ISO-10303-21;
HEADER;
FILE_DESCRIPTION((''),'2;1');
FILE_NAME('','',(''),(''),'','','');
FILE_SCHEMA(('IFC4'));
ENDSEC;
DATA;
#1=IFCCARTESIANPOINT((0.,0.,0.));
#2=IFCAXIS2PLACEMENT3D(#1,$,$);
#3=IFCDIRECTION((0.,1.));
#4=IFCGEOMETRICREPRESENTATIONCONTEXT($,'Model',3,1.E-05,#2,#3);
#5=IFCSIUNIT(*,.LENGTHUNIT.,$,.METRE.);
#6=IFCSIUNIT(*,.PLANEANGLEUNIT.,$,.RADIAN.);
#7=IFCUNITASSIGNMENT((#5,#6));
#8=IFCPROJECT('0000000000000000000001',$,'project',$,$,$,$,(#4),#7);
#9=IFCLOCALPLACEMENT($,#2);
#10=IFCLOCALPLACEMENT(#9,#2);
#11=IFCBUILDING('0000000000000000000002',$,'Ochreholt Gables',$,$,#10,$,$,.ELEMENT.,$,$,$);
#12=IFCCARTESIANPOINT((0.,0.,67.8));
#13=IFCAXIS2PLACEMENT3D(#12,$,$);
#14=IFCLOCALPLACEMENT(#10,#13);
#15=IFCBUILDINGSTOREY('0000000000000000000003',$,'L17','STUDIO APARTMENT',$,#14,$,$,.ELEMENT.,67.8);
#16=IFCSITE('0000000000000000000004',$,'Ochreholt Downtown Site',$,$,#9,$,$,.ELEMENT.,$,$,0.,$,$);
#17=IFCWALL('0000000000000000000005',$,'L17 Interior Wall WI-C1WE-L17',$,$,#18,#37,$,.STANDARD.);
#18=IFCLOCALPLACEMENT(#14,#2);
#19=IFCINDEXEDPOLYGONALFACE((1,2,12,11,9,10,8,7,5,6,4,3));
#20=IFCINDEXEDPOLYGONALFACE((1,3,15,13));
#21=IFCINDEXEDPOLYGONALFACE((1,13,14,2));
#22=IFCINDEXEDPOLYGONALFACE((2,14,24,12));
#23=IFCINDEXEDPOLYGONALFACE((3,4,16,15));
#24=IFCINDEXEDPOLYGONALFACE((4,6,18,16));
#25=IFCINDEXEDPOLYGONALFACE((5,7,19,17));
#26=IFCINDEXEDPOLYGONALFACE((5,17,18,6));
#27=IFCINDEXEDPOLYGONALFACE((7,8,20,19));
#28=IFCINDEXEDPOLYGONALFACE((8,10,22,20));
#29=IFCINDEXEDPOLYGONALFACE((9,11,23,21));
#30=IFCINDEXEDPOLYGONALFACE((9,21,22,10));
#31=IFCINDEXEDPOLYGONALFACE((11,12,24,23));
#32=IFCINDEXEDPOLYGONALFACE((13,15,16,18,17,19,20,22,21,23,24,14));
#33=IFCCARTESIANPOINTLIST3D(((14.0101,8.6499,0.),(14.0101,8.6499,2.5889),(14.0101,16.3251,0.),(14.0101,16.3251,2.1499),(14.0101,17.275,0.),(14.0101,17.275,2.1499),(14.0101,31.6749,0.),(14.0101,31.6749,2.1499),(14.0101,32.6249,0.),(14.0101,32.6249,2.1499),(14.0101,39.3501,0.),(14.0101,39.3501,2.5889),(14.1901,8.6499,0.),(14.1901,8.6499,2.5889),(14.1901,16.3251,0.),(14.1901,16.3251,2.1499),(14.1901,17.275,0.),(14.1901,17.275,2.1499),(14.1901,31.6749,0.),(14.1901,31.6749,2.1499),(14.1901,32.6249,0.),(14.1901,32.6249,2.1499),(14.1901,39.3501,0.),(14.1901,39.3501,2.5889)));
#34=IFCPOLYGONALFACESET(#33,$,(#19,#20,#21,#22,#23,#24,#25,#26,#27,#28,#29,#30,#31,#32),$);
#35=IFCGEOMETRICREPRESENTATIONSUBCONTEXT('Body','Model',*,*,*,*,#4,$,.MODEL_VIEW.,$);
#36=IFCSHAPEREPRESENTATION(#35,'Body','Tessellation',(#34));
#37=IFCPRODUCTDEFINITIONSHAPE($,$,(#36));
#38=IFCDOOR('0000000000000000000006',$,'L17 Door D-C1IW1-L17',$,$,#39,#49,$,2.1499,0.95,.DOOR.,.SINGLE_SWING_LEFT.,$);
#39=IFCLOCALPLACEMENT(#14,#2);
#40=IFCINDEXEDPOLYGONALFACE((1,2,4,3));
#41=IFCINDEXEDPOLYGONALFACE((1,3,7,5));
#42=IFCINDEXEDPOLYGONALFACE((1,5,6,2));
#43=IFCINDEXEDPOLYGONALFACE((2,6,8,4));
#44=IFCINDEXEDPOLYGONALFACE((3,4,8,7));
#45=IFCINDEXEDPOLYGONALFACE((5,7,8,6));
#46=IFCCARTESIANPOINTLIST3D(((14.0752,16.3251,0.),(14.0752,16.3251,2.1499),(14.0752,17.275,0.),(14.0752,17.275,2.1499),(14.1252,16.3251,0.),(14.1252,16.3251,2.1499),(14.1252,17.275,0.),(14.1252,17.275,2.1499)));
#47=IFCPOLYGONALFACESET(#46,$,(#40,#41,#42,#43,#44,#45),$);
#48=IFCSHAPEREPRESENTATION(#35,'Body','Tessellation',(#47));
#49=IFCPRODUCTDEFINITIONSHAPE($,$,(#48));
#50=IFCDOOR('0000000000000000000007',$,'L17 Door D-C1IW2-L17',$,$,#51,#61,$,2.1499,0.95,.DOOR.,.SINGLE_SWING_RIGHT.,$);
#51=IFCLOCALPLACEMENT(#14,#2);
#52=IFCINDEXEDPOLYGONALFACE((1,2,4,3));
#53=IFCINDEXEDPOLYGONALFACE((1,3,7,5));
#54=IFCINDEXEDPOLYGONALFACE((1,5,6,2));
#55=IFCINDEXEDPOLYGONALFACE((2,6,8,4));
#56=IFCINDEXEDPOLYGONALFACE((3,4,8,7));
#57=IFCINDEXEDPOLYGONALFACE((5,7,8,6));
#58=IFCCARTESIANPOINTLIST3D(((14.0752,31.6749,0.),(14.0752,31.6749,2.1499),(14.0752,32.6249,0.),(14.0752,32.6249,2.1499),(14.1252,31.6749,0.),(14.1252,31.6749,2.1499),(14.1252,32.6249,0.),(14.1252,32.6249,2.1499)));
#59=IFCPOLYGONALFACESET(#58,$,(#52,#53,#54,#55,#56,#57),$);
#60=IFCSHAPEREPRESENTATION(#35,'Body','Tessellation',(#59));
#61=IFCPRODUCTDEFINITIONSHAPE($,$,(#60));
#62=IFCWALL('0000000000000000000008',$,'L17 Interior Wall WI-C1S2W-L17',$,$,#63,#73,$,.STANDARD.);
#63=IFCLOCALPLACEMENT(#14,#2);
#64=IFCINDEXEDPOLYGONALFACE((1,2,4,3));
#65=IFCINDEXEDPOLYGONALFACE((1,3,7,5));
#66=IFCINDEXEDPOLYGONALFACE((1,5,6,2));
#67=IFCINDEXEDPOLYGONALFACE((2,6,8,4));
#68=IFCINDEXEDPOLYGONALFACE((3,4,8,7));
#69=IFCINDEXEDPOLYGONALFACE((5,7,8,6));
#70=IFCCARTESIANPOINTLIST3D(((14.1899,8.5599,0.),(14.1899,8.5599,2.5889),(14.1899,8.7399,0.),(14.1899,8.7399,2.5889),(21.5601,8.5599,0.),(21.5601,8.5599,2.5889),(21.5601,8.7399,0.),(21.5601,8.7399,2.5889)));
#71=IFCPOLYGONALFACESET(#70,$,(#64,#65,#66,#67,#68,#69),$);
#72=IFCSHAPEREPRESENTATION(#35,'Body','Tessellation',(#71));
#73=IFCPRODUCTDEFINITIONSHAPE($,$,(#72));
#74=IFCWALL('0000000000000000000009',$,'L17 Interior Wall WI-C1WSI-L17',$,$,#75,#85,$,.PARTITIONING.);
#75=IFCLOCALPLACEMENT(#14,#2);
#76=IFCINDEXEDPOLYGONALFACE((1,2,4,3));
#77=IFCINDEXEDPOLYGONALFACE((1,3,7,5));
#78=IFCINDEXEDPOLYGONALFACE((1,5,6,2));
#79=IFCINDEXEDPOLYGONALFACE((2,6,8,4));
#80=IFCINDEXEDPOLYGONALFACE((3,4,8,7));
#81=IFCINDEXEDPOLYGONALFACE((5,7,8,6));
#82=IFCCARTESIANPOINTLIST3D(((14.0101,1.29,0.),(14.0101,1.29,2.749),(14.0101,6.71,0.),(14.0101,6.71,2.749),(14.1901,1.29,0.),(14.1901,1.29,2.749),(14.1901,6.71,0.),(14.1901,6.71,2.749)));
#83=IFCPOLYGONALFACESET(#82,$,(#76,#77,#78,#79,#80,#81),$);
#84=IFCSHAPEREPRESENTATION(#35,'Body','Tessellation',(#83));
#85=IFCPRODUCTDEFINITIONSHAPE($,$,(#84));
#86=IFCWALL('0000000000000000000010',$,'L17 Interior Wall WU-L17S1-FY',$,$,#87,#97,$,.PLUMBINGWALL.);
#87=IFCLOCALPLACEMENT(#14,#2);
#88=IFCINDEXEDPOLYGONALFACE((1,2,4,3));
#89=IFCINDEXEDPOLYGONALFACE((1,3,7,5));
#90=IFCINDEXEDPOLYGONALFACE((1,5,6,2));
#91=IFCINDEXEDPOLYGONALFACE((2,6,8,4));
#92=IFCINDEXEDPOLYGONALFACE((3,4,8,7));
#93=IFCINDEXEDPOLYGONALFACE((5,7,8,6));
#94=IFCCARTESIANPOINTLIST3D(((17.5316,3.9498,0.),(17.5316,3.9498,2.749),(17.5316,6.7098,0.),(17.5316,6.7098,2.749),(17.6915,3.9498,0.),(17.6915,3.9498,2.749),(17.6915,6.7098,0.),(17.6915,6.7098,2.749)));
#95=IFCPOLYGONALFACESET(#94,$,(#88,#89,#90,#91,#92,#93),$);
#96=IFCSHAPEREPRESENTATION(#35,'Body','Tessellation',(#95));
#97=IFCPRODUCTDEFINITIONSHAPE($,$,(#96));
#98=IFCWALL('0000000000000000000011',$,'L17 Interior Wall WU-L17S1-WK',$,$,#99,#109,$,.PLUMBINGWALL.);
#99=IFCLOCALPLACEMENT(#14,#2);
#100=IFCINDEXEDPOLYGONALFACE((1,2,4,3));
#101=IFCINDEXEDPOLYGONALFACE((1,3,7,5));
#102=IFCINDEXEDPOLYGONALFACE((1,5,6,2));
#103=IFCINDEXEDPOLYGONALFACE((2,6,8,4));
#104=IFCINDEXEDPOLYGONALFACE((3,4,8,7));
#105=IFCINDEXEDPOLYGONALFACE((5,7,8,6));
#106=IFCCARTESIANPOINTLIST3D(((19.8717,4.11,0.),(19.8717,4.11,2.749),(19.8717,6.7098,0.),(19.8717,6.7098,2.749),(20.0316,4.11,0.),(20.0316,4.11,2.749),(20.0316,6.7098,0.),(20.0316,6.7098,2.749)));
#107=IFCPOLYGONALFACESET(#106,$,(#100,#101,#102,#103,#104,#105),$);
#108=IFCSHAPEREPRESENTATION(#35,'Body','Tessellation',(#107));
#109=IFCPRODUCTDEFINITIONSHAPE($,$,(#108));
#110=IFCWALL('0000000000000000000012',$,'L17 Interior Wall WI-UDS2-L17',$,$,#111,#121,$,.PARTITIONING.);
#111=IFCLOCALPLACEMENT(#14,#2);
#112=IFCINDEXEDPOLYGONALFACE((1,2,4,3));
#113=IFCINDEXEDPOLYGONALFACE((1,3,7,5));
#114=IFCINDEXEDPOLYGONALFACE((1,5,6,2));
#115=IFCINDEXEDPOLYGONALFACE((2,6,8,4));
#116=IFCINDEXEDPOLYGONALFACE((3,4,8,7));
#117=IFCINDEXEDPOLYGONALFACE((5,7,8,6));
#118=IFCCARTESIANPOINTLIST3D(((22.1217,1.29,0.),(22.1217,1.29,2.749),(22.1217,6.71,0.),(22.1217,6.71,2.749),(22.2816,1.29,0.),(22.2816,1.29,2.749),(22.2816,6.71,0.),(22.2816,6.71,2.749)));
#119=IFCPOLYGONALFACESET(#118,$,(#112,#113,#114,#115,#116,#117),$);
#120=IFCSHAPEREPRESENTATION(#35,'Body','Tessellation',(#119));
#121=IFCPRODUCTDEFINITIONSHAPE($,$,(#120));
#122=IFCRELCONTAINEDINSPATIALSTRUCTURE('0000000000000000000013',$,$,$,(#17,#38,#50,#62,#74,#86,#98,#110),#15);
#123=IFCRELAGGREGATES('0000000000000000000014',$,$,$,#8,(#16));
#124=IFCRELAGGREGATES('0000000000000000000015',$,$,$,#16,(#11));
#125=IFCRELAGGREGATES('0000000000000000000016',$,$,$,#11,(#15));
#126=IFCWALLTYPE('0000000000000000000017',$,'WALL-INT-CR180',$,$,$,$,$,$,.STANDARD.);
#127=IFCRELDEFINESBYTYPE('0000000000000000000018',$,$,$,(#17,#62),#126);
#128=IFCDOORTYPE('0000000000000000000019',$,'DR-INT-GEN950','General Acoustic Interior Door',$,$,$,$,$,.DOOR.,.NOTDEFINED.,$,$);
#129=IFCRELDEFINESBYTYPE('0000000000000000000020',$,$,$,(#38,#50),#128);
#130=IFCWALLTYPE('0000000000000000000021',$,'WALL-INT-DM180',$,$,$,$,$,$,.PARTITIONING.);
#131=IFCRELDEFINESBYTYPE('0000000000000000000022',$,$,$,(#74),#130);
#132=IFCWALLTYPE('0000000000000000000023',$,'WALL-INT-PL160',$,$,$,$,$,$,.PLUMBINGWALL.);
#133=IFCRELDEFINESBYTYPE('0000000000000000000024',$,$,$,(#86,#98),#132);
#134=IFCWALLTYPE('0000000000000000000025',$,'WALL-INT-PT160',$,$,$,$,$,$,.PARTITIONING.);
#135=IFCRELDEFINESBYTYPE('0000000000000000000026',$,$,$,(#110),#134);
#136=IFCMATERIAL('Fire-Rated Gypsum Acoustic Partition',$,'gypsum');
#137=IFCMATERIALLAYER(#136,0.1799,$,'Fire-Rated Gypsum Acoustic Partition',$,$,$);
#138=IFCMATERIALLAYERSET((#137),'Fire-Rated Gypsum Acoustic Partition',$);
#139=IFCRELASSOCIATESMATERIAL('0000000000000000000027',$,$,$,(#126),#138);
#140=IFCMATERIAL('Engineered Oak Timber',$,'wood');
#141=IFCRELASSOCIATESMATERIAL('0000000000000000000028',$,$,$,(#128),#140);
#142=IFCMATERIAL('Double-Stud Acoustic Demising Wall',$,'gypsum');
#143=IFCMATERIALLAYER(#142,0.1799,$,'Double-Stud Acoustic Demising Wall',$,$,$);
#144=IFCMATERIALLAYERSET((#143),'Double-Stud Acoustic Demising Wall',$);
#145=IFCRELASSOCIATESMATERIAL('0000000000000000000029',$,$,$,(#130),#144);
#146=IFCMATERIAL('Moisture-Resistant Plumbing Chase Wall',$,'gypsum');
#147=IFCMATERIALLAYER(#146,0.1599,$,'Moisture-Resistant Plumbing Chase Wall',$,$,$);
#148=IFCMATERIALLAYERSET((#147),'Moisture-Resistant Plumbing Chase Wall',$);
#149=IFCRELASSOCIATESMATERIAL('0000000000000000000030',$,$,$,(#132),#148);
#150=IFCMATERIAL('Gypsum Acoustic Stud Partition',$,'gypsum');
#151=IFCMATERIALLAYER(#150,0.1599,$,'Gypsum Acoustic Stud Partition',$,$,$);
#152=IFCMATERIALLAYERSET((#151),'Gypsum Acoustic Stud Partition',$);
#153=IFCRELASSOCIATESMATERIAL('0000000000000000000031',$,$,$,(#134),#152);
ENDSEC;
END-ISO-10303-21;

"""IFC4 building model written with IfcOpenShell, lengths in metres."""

from ifc_helpers import new_model, si_unit, direction, frame, frame_2d, origin, place, context, subcontext, project, spatial, rectangle, extrude, material, layer, layer_set, type_object, element, fill, save


model = new_model("IFC4")

# Units and contexts
model_context = context("Model", 3, precision=1e-05, world=origin(), true_north=direction((0.0, 1.0)))
body_context = subcontext(model_context, "Body", "Model", "MODEL_VIEW")
ifc_project = project(units=[si_unit("LENGTHUNIT", "METRE"), si_unit("PLANEANGLEUNIT", "RADIAN")], contexts=[model_context])

# Site, building, storey
site_placement = place(None, origin())
site = spatial("IfcSite", under=ifc_project, at=site_placement, Name="Ochreholt Downtown Site", CompositionType="ELEMENT", RefElevation=0.0)
building_placement = place(site_placement, origin())
building = spatial("IfcBuilding", under=site, at=building_placement, Name="Ochreholt Gables", CompositionType="ELEMENT")
storey_placement = place(building_placement, frame((0.0, 0.0, 67.8)))
storey = spatial("IfcBuildingStorey", under=building, at=storey_placement, Name="L17", Description="STUDIO APARTMENT", CompositionType="ELEMENT", Elevation=67.8)

# Shared definitions
ifc_material_1 = material(Name="Fire-Rated Gypsum Acoustic Partition", Category="gypsum")
ifc_layer_1 = layer(ifc_material_1, 0.1799, Name="Fire-Rated Gypsum Acoustic Partition")
ifc_layer_set_1 = layer_set([ifc_layer_1], Name="Fire-Rated Gypsum Acoustic Partition")
wall_type_1 = type_object("IfcWallType", Name="WALL-INT-CR180", PredefinedType="STANDARD", material=ifc_layer_set_1)

# Wall, openings, doors
ifc_material_2 = material(Name="Engineered Oak Timber", Category="wood")
door_type_1 = type_object("IfcDoorType", Name="DR-INT-GEN950", Description="General Acoustic Interior Door", OperationType="NOTDEFINED", PredefinedType="DOOR", material=ifc_material_2)
wall_1_placement = place(storey_placement, frame((14.1001, 8.6499, 0.0), z_axis=(0.0, 0.0, 1.0), x_axis=(0.0, 1.0, 0.0)))
wall_1 = element("IfcWall", 1, at=wall_1_placement, inside=storey, type_object=wall_type_1, Name="L17 Interior Wall WI-C1WE-L17", PredefinedType="STANDARD", context=body_context, shape_type="SweptSolid", body=[
    extrude(rectangle(XDim=30.7002, YDim=0.1799, at=frame_2d((15.3501, 0.0))), origin(), (0.0, 0.0, 1.0), 2.5889),
])
opening_1_placement = place(wall_1_placement, frame((7.675, 0.0, 0.0)))
opening_1 = element("IfcOpeningElement", 2, at=opening_1_placement, cuts=wall_1, PredefinedType="OPENING", context=body_context, shape_type="SweptSolid", body=[
    extrude(rectangle(XDim=0.95, YDim=2.1499, at=frame_2d((0.4751, 1.075))), frame((0.0, 0.0999, 0.0), z_axis=(0.0, -1.0, 0.0), x_axis=(1.0, 0.0, 0.0)), (0.0, 0.0, 1.0), 0.2),
])
opening_2_placement = place(wall_1_placement, frame((23.0249, 0.0, 0.0)))
opening_2 = element("IfcOpeningElement", 3, at=opening_2_placement, cuts=wall_1, PredefinedType="OPENING", context=body_context, shape_type="SweptSolid", body=[
    extrude(rectangle(XDim=0.95, YDim=2.1499, at=frame_2d((0.4751, 1.075))), frame((0.0, 0.0999, 0.0), z_axis=(0.0, -1.0, 0.0), x_axis=(1.0, 0.0, 0.0)), (0.0, 0.0, 1.0), 0.2),
])
door_1_placement = place(opening_1_placement, origin())
door_1 = element("IfcDoor", 4, at=door_1_placement, inside=storey, type_object=door_type_1, Name="L17 Door D-C1IW1-L17", OperationType="SINGLE_SWING_LEFT", OverallHeight=2.1499, OverallWidth=0.95, PredefinedType="DOOR", context=body_context, shape_type="SweptSolid", body=[
    extrude(rectangle(XDim=0.95, YDim=2.1499, at=frame_2d((0.4751, 1.075))), frame((0.0, 0.0249, 0.0), z_axis=(0.0, -1.0, 0.0), x_axis=(1.0, 0.0, 0.0)), (0.0, 0.0, 1.0), 0.05),
])
fill(opening_1, door_1)
door_2_placement = place(opening_2_placement, origin())
door_2 = element("IfcDoor", 5, at=door_2_placement, inside=storey, type_object=door_type_1, Name="L17 Door D-C1IW2-L17", OperationType="SINGLE_SWING_RIGHT", OverallHeight=2.1499, OverallWidth=0.95, PredefinedType="DOOR", context=body_context, shape_type="SweptSolid", body=[
    extrude(rectangle(XDim=0.95, YDim=2.1499, at=frame_2d((0.4751, 1.075))), frame((0.0, 0.0249, 0.0), z_axis=(0.0, -1.0, 0.0), x_axis=(1.0, 0.0, 0.0)), (0.0, 0.0, 1.0), 0.05),
])
fill(opening_2, door_2)

# Walls
wall_2_placement = place(storey_placement, frame((14.1899, 8.6499, 0.0), z_axis=(0.0, 0.0, 1.0), x_axis=(1.0, 0.0, 0.0)))
element("IfcWall", 6, at=wall_2_placement, inside=storey, type_object=wall_type_1, Name="L17 Interior Wall WI-C1S2W-L17", PredefinedType="STANDARD", context=body_context, shape_type="SweptSolid", body=[
    extrude(rectangle(XDim=7.3701, YDim=0.1799, at=frame_2d((3.6851, 0.0))), origin(), (0.0, 0.0, 1.0), 2.5889),
])
ifc_material_3 = material(Name="Double-Stud Acoustic Demising Wall", Category="gypsum")
ifc_layer_2 = layer(ifc_material_3, 0.1799, Name="Double-Stud Acoustic Demising Wall")
ifc_layer_set_2 = layer_set([ifc_layer_2], Name="Double-Stud Acoustic Demising Wall")
wall_type_2 = type_object("IfcWallType", Name="WALL-INT-DM180", PredefinedType="PARTITIONING", material=ifc_layer_set_2)
wall_3_placement = place(storey_placement, frame((14.1001, 1.29, 0.0), z_axis=(0.0, 0.0, 1.0), x_axis=(0.0, 1.0, 0.0)))
element("IfcWall", 7, at=wall_3_placement, inside=storey, type_object=wall_type_2, Name="L17 Interior Wall WI-C1WSI-L17", PredefinedType="PARTITIONING", context=body_context, shape_type="SweptSolid", body=[
    extrude(rectangle(XDim=5.4199, YDim=0.1799, at=frame_2d((2.71, 0.0))), origin(), (0.0, 0.0, 1.0), 2.749),
])

# Shared definitions
ifc_material_4 = material(Name="Moisture-Resistant Plumbing Chase Wall", Category="gypsum")
ifc_layer_3 = layer(ifc_material_4, 0.1599, Name="Moisture-Resistant Plumbing Chase Wall")
ifc_layer_set_3 = layer_set([ifc_layer_3], Name="Moisture-Resistant Plumbing Chase Wall")
wall_type_3 = type_object("IfcWallType", Name="WALL-INT-PL160", PredefinedType="PLUMBINGWALL", material=ifc_layer_set_3)

# Walls
wall_4_placement = place(storey_placement, frame((17.6116, 3.95, 0.0), z_axis=(0.0, 0.0, 1.0), x_axis=(0.0, 1.0, 0.0)))
element("IfcWall", 8, at=wall_4_placement, inside=storey, type_object=wall_type_3, Name="L17 Interior Wall WU-L17S1-FY", PredefinedType="PLUMBINGWALL", context=body_context, shape_type="SweptSolid", body=[
    extrude(rectangle(XDim=2.76, YDim=0.1599, at=frame_2d((1.3799, 0.0))), origin(), (0.0, 0.0, 1.0), 2.749),
])
wall_5_placement = place(storey_placement, frame((19.9517, 4.1101, 0.0), z_axis=(0.0, 0.0, 1.0), x_axis=(0.0, 1.0, 0.0)))
element("IfcWall", 9, at=wall_5_placement, inside=storey, type_object=wall_type_3, Name="L17 Interior Wall WU-L17S1-WK", PredefinedType="PLUMBINGWALL", context=body_context, shape_type="SweptSolid", body=[
    extrude(rectangle(XDim=2.5999, YDim=0.1599, at=frame_2d((1.2998, 0.0))), origin(), (0.0, 0.0, 1.0), 2.749),
])
ifc_material_5 = material(Name="Gypsum Acoustic Stud Partition", Category="gypsum")
ifc_layer_4 = layer(ifc_material_5, 0.1599, Name="Gypsum Acoustic Stud Partition")
ifc_layer_set_4 = layer_set([ifc_layer_4], Name="Gypsum Acoustic Stud Partition")
wall_type_4 = type_object("IfcWallType", Name="WALL-INT-PT160", PredefinedType="PARTITIONING", material=ifc_layer_set_4)
wall_6_placement = place(storey_placement, frame((22.2017, 1.29, 0.0), z_axis=(0.0, 0.0, 1.0), x_axis=(0.0, 1.0, 0.0)))
element("IfcWall", 10, at=wall_6_placement, inside=storey, type_object=wall_type_4, Name="L17 Interior Wall WI-UDS2-L17", PredefinedType="PARTITIONING", context=body_context, shape_type="SweptSolid", body=[
    extrude(rectangle(XDim=5.4199, YDim=0.1599, at=frame_2d((2.71, 0.0))), origin(), (0.0, 0.0, 1.0), 2.749),
])

save(model, "model.ifc")
